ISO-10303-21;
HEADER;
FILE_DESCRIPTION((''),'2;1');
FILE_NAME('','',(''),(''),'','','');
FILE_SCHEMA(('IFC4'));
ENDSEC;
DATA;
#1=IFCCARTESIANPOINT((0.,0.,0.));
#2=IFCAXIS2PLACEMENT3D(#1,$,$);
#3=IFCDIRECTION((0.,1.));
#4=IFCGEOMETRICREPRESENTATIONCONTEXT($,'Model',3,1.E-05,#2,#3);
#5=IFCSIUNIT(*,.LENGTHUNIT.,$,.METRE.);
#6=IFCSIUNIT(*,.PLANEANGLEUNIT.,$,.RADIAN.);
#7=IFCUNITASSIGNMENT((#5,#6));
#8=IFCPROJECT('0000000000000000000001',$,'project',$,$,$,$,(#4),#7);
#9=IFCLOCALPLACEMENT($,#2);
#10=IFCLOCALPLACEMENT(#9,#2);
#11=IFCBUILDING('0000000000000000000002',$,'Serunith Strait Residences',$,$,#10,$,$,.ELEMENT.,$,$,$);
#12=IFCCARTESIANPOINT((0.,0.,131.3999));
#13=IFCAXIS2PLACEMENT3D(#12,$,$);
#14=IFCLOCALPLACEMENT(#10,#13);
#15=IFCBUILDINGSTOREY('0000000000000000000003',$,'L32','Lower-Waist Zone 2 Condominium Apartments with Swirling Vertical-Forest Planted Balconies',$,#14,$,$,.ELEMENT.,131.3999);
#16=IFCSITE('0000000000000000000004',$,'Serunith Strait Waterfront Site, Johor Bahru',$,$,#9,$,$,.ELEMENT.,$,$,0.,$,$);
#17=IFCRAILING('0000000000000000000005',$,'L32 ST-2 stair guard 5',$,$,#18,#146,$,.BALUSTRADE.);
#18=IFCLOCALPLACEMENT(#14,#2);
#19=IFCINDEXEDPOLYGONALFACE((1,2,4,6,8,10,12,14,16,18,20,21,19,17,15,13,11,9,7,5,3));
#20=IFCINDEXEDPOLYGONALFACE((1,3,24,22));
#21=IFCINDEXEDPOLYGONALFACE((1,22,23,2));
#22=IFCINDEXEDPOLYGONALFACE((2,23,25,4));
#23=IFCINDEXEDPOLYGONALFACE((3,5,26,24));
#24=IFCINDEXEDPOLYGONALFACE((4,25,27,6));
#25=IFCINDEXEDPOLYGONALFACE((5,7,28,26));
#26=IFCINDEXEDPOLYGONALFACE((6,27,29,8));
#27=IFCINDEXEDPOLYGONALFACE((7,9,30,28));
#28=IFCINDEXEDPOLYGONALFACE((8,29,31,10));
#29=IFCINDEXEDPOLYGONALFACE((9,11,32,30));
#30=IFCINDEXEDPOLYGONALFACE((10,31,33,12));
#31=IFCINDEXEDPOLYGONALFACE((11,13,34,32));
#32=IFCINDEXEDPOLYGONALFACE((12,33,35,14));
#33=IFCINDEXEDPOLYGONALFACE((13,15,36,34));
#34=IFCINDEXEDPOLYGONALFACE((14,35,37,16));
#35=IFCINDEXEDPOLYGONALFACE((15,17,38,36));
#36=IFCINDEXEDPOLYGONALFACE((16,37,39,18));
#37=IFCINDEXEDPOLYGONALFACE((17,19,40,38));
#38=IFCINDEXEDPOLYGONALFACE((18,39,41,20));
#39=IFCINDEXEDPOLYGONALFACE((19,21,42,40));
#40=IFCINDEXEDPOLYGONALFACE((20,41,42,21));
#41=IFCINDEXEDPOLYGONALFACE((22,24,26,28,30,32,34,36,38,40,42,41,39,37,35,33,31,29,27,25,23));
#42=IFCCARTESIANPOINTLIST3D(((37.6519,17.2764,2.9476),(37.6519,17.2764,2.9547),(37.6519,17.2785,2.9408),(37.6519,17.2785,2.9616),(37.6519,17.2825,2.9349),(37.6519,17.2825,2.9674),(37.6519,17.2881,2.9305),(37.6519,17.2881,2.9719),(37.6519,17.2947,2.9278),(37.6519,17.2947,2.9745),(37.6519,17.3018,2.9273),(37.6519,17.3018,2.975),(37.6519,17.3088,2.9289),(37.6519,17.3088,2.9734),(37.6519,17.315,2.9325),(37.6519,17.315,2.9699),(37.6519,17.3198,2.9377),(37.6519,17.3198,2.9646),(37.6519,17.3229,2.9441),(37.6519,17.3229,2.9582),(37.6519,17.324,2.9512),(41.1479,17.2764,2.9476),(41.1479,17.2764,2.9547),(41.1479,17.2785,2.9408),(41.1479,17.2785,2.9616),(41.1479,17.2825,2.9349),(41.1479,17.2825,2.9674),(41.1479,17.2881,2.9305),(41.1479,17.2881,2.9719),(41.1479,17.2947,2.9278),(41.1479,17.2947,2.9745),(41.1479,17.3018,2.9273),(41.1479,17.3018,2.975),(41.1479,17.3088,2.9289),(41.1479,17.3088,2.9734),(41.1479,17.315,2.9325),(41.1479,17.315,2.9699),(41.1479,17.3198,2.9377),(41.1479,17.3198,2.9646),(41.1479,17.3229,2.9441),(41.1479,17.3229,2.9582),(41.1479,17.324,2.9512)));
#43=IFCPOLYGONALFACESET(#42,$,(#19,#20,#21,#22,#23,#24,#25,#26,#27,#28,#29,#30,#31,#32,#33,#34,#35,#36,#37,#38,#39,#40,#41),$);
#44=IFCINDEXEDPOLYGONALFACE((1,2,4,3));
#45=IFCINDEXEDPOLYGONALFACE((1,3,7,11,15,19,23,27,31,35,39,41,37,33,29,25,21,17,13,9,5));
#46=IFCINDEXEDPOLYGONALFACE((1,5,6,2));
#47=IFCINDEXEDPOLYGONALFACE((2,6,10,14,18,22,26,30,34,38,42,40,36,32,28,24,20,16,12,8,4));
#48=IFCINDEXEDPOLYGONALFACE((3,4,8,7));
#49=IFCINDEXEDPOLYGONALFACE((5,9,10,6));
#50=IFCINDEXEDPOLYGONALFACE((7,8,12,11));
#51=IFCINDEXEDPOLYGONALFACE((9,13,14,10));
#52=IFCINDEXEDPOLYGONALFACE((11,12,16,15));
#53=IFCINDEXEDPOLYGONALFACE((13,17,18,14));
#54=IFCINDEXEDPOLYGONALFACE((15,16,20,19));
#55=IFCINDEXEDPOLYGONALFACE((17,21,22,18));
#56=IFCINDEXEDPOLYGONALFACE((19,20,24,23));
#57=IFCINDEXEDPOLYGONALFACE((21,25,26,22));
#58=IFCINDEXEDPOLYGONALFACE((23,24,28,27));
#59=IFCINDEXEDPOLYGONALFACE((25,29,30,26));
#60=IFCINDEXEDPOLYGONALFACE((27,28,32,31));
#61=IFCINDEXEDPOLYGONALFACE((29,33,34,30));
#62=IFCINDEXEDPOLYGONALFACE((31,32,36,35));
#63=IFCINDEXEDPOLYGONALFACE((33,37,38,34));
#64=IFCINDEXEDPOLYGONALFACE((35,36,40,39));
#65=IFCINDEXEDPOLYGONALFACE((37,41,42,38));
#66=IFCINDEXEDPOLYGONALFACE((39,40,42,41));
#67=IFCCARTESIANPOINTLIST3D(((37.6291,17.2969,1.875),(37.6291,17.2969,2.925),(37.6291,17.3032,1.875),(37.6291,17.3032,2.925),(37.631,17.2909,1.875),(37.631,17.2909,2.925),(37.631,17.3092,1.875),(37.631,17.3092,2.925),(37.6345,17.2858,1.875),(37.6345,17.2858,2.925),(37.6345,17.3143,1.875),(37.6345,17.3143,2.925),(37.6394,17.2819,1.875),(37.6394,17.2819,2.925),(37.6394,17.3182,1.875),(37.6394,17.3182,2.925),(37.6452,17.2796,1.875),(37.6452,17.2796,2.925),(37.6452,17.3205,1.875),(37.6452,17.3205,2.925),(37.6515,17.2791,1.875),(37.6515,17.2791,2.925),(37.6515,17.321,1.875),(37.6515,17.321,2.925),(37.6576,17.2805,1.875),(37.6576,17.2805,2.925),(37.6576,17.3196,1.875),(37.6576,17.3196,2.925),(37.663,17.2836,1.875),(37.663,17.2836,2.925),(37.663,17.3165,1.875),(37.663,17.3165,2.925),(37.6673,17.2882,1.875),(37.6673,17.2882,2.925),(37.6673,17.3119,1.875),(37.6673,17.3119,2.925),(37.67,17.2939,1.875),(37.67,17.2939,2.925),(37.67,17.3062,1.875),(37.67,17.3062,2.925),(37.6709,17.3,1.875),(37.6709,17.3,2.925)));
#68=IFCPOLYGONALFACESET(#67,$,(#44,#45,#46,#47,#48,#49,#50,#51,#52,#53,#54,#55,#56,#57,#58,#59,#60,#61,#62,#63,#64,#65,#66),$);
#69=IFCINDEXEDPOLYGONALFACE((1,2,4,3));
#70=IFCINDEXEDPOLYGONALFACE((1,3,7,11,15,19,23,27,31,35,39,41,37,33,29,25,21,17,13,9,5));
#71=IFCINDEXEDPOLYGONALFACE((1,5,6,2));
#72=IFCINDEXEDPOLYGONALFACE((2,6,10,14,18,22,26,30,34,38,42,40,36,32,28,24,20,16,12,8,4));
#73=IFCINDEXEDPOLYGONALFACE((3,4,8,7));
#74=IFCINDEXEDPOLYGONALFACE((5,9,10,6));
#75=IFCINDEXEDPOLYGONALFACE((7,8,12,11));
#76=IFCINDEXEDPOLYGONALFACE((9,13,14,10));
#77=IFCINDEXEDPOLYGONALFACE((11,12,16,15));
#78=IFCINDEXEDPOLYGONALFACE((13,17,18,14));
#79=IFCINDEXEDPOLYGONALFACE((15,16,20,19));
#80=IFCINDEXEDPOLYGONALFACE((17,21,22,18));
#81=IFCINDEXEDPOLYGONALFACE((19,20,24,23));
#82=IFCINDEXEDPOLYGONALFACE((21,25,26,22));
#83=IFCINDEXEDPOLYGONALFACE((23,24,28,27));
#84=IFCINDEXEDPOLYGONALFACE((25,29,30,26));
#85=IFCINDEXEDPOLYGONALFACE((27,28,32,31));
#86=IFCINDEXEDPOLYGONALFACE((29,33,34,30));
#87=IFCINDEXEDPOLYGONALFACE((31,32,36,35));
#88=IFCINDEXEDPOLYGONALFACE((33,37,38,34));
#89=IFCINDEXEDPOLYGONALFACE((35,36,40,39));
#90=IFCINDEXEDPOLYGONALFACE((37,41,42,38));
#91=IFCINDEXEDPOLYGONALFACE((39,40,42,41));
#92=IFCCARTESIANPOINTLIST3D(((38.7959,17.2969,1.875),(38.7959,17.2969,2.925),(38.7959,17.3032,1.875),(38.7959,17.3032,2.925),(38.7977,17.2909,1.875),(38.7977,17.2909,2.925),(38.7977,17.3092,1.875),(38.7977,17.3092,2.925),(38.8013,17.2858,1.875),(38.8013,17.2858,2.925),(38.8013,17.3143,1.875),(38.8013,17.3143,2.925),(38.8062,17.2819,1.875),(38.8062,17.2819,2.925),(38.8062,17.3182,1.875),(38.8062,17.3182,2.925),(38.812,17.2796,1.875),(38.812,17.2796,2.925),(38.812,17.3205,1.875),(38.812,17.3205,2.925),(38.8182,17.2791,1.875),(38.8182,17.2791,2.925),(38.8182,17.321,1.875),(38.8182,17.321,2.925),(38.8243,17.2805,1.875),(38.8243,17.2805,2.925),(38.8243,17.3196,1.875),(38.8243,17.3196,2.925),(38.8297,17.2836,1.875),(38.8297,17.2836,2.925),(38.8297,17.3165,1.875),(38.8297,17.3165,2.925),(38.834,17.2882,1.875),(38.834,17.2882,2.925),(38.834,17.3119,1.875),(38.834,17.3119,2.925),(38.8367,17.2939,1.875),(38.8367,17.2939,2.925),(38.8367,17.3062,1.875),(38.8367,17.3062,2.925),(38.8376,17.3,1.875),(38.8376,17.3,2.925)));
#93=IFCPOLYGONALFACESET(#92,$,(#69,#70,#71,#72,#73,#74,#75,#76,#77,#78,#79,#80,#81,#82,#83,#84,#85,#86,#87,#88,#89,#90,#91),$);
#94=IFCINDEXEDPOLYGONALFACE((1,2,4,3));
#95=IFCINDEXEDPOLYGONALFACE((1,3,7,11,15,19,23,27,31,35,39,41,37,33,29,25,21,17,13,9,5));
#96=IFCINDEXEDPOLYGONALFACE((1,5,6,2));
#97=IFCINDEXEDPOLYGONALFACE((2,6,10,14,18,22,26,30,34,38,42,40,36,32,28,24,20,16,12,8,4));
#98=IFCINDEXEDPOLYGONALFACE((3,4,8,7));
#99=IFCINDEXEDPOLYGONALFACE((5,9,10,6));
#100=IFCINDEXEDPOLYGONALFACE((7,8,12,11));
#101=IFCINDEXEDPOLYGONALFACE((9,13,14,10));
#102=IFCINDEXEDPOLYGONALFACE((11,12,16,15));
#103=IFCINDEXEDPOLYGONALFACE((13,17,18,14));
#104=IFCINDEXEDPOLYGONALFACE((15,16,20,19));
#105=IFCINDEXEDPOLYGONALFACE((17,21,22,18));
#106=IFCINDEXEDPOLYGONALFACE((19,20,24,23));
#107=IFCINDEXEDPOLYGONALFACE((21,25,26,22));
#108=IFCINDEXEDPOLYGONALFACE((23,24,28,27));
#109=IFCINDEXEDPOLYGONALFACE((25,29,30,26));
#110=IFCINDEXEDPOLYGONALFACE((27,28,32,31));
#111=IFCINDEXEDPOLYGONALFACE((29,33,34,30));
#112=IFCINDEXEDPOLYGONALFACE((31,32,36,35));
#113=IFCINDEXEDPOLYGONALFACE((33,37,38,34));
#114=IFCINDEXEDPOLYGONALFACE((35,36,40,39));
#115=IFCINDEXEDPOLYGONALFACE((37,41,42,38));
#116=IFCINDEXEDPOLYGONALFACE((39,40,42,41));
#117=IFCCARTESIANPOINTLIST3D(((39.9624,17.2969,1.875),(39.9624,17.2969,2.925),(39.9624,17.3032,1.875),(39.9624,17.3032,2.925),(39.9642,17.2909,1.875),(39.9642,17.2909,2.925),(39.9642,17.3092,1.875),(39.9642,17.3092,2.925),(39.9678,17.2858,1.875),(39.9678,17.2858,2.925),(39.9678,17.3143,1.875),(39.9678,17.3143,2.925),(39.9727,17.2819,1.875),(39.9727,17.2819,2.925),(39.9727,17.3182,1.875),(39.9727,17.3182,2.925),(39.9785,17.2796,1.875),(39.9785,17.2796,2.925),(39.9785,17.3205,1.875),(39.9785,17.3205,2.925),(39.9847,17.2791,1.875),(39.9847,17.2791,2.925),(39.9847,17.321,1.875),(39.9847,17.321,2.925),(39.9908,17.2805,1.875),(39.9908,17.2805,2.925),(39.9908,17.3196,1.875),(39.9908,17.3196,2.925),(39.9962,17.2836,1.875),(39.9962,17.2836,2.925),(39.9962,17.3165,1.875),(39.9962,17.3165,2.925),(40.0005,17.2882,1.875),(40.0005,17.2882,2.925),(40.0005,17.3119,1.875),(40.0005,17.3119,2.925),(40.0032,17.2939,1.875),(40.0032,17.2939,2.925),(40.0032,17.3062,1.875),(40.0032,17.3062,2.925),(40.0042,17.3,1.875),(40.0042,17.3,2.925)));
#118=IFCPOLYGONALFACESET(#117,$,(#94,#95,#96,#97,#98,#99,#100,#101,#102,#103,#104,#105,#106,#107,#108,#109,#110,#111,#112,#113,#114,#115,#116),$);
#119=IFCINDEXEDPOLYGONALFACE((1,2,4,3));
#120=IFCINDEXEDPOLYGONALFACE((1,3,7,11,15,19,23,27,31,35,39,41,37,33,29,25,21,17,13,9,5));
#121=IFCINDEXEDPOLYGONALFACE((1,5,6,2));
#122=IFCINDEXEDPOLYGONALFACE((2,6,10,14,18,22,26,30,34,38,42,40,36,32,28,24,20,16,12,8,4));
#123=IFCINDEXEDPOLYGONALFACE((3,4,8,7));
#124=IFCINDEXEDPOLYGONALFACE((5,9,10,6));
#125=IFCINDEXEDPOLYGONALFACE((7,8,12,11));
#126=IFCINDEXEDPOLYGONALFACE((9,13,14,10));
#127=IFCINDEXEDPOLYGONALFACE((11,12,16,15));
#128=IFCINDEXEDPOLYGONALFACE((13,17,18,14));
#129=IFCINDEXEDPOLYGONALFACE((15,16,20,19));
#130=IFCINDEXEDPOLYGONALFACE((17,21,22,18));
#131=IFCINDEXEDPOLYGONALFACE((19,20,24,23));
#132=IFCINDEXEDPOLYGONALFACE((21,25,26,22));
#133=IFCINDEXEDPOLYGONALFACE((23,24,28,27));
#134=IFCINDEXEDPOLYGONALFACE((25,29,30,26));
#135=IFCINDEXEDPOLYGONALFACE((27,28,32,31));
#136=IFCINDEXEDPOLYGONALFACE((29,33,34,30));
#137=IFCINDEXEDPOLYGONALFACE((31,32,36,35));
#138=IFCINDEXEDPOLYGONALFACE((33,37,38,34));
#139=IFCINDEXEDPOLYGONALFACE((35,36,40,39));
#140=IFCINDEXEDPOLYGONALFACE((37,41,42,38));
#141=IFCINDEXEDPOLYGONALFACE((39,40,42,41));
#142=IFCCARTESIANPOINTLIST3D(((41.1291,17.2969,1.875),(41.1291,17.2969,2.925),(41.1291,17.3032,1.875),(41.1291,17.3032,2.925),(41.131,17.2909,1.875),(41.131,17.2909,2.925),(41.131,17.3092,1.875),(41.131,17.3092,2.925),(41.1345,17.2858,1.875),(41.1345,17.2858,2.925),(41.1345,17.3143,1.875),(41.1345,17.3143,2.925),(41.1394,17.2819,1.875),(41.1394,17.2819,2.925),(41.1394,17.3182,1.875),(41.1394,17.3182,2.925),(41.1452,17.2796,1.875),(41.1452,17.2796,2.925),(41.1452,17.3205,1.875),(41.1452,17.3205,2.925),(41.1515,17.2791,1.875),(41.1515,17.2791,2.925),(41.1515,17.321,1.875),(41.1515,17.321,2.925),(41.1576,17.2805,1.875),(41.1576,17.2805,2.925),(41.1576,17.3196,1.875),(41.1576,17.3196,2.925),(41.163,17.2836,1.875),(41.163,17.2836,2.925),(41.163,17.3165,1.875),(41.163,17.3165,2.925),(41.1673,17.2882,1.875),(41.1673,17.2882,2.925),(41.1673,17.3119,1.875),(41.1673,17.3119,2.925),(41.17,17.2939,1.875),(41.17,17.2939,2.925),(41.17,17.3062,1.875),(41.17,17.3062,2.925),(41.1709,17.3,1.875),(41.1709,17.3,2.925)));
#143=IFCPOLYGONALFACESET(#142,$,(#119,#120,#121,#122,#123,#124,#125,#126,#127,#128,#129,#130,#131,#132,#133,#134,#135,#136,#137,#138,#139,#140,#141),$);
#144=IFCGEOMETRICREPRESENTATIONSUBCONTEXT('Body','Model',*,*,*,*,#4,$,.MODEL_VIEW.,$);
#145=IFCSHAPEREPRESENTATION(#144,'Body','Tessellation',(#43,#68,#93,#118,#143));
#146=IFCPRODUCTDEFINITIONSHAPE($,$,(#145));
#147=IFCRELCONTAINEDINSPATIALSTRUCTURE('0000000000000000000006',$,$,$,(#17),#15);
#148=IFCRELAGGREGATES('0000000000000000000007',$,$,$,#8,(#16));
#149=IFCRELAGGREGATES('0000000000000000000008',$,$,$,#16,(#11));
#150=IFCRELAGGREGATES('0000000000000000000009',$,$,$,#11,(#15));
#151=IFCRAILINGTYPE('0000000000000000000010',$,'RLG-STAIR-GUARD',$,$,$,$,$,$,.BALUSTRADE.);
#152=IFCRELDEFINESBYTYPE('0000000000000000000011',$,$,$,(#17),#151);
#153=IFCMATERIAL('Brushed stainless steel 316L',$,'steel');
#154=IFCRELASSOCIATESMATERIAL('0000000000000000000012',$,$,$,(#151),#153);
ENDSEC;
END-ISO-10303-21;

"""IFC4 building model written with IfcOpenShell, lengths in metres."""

from ifc_helpers import new_model, si_unit, direction, frame, origin, origin_2d, place, context, subcontext, project, spatial, circle, extrude, material, type_object, element, save


model = new_model("IFC4")

# Units and contexts
model_context = context("Model", 3, precision=1e-05, world=origin(), true_north=direction((0.0, 1.0)))
body_context = subcontext(model_context, "Body", "Model", "MODEL_VIEW")
ifc_project = project(units=[si_unit("LENGTHUNIT", "METRE"), si_unit("PLANEANGLEUNIT", "RADIAN")], contexts=[model_context])

# Site, building, storey
site_placement = place(None, origin())
site = spatial("IfcSite", under=ifc_project, at=site_placement, Name="Serunith Strait Waterfront Site, Johor Bahru", CompositionType="ELEMENT", RefElevation=0.0)
building_placement = place(site_placement, origin())
building = spatial("IfcBuilding", under=site, at=building_placement, Name="Serunith Strait Residences", CompositionType="ELEMENT")
storey_placement = place(building_placement, frame((0.0, 0.0, 131.3999)))
storey = spatial("IfcBuildingStorey", under=building, at=storey_placement, Name="L32", Description="Lower-Waist Zone 2 Condominium Apartments with Swirling Vertical-Forest Planted Balconies", CompositionType="ELEMENT", Elevation=131.3999)

# Railing
ifc_material_1 = material(Name="Brushed stainless steel 316L", Category="steel")
railing_type_1 = type_object("IfcRailingType", Name="RLG-STAIR-GUARD", PredefinedType="BALUSTRADE", material=ifc_material_1)
railing_1_placement = place(storey_placement, frame((37.6499, 17.3, 1.875)))
element("IfcRailing", 1, at=railing_1_placement, inside=storey, type_object=railing_type_1, Name="L32 ST-2 stair guard 5", PredefinedType="BALUSTRADE", context=body_context, shape_type="SweptSolid", body=[
    extrude(circle(Radius=0.0239, at=origin_2d()), frame((0.002, 0.0, 1.0762), z_axis=(1.0, 0.0, 0.0), x_axis=(0.0, 1.0, 0.0)), (0.0, 0.0, 1.0), 3.4961),
    extrude(circle(Radius=0.021, at=origin_2d()), origin(), (0.0, 0.0, 1.0), 1.05),
    extrude(circle(Radius=0.021, at=origin_2d()), frame((1.1667, 0.0, 0.0)), (0.0, 0.0, 1.0), 1.05),
    extrude(circle(Radius=0.021, at=origin_2d()), frame((2.3333, 0.0, 0.0)), (0.0, 0.0, 1.0), 1.05),
    extrude(circle(Radius=0.021, at=origin_2d()), frame((3.5, 0.0, 0.0)), (0.0, 0.0, 1.0), 1.05),
])

save(model, "model.ifc")
